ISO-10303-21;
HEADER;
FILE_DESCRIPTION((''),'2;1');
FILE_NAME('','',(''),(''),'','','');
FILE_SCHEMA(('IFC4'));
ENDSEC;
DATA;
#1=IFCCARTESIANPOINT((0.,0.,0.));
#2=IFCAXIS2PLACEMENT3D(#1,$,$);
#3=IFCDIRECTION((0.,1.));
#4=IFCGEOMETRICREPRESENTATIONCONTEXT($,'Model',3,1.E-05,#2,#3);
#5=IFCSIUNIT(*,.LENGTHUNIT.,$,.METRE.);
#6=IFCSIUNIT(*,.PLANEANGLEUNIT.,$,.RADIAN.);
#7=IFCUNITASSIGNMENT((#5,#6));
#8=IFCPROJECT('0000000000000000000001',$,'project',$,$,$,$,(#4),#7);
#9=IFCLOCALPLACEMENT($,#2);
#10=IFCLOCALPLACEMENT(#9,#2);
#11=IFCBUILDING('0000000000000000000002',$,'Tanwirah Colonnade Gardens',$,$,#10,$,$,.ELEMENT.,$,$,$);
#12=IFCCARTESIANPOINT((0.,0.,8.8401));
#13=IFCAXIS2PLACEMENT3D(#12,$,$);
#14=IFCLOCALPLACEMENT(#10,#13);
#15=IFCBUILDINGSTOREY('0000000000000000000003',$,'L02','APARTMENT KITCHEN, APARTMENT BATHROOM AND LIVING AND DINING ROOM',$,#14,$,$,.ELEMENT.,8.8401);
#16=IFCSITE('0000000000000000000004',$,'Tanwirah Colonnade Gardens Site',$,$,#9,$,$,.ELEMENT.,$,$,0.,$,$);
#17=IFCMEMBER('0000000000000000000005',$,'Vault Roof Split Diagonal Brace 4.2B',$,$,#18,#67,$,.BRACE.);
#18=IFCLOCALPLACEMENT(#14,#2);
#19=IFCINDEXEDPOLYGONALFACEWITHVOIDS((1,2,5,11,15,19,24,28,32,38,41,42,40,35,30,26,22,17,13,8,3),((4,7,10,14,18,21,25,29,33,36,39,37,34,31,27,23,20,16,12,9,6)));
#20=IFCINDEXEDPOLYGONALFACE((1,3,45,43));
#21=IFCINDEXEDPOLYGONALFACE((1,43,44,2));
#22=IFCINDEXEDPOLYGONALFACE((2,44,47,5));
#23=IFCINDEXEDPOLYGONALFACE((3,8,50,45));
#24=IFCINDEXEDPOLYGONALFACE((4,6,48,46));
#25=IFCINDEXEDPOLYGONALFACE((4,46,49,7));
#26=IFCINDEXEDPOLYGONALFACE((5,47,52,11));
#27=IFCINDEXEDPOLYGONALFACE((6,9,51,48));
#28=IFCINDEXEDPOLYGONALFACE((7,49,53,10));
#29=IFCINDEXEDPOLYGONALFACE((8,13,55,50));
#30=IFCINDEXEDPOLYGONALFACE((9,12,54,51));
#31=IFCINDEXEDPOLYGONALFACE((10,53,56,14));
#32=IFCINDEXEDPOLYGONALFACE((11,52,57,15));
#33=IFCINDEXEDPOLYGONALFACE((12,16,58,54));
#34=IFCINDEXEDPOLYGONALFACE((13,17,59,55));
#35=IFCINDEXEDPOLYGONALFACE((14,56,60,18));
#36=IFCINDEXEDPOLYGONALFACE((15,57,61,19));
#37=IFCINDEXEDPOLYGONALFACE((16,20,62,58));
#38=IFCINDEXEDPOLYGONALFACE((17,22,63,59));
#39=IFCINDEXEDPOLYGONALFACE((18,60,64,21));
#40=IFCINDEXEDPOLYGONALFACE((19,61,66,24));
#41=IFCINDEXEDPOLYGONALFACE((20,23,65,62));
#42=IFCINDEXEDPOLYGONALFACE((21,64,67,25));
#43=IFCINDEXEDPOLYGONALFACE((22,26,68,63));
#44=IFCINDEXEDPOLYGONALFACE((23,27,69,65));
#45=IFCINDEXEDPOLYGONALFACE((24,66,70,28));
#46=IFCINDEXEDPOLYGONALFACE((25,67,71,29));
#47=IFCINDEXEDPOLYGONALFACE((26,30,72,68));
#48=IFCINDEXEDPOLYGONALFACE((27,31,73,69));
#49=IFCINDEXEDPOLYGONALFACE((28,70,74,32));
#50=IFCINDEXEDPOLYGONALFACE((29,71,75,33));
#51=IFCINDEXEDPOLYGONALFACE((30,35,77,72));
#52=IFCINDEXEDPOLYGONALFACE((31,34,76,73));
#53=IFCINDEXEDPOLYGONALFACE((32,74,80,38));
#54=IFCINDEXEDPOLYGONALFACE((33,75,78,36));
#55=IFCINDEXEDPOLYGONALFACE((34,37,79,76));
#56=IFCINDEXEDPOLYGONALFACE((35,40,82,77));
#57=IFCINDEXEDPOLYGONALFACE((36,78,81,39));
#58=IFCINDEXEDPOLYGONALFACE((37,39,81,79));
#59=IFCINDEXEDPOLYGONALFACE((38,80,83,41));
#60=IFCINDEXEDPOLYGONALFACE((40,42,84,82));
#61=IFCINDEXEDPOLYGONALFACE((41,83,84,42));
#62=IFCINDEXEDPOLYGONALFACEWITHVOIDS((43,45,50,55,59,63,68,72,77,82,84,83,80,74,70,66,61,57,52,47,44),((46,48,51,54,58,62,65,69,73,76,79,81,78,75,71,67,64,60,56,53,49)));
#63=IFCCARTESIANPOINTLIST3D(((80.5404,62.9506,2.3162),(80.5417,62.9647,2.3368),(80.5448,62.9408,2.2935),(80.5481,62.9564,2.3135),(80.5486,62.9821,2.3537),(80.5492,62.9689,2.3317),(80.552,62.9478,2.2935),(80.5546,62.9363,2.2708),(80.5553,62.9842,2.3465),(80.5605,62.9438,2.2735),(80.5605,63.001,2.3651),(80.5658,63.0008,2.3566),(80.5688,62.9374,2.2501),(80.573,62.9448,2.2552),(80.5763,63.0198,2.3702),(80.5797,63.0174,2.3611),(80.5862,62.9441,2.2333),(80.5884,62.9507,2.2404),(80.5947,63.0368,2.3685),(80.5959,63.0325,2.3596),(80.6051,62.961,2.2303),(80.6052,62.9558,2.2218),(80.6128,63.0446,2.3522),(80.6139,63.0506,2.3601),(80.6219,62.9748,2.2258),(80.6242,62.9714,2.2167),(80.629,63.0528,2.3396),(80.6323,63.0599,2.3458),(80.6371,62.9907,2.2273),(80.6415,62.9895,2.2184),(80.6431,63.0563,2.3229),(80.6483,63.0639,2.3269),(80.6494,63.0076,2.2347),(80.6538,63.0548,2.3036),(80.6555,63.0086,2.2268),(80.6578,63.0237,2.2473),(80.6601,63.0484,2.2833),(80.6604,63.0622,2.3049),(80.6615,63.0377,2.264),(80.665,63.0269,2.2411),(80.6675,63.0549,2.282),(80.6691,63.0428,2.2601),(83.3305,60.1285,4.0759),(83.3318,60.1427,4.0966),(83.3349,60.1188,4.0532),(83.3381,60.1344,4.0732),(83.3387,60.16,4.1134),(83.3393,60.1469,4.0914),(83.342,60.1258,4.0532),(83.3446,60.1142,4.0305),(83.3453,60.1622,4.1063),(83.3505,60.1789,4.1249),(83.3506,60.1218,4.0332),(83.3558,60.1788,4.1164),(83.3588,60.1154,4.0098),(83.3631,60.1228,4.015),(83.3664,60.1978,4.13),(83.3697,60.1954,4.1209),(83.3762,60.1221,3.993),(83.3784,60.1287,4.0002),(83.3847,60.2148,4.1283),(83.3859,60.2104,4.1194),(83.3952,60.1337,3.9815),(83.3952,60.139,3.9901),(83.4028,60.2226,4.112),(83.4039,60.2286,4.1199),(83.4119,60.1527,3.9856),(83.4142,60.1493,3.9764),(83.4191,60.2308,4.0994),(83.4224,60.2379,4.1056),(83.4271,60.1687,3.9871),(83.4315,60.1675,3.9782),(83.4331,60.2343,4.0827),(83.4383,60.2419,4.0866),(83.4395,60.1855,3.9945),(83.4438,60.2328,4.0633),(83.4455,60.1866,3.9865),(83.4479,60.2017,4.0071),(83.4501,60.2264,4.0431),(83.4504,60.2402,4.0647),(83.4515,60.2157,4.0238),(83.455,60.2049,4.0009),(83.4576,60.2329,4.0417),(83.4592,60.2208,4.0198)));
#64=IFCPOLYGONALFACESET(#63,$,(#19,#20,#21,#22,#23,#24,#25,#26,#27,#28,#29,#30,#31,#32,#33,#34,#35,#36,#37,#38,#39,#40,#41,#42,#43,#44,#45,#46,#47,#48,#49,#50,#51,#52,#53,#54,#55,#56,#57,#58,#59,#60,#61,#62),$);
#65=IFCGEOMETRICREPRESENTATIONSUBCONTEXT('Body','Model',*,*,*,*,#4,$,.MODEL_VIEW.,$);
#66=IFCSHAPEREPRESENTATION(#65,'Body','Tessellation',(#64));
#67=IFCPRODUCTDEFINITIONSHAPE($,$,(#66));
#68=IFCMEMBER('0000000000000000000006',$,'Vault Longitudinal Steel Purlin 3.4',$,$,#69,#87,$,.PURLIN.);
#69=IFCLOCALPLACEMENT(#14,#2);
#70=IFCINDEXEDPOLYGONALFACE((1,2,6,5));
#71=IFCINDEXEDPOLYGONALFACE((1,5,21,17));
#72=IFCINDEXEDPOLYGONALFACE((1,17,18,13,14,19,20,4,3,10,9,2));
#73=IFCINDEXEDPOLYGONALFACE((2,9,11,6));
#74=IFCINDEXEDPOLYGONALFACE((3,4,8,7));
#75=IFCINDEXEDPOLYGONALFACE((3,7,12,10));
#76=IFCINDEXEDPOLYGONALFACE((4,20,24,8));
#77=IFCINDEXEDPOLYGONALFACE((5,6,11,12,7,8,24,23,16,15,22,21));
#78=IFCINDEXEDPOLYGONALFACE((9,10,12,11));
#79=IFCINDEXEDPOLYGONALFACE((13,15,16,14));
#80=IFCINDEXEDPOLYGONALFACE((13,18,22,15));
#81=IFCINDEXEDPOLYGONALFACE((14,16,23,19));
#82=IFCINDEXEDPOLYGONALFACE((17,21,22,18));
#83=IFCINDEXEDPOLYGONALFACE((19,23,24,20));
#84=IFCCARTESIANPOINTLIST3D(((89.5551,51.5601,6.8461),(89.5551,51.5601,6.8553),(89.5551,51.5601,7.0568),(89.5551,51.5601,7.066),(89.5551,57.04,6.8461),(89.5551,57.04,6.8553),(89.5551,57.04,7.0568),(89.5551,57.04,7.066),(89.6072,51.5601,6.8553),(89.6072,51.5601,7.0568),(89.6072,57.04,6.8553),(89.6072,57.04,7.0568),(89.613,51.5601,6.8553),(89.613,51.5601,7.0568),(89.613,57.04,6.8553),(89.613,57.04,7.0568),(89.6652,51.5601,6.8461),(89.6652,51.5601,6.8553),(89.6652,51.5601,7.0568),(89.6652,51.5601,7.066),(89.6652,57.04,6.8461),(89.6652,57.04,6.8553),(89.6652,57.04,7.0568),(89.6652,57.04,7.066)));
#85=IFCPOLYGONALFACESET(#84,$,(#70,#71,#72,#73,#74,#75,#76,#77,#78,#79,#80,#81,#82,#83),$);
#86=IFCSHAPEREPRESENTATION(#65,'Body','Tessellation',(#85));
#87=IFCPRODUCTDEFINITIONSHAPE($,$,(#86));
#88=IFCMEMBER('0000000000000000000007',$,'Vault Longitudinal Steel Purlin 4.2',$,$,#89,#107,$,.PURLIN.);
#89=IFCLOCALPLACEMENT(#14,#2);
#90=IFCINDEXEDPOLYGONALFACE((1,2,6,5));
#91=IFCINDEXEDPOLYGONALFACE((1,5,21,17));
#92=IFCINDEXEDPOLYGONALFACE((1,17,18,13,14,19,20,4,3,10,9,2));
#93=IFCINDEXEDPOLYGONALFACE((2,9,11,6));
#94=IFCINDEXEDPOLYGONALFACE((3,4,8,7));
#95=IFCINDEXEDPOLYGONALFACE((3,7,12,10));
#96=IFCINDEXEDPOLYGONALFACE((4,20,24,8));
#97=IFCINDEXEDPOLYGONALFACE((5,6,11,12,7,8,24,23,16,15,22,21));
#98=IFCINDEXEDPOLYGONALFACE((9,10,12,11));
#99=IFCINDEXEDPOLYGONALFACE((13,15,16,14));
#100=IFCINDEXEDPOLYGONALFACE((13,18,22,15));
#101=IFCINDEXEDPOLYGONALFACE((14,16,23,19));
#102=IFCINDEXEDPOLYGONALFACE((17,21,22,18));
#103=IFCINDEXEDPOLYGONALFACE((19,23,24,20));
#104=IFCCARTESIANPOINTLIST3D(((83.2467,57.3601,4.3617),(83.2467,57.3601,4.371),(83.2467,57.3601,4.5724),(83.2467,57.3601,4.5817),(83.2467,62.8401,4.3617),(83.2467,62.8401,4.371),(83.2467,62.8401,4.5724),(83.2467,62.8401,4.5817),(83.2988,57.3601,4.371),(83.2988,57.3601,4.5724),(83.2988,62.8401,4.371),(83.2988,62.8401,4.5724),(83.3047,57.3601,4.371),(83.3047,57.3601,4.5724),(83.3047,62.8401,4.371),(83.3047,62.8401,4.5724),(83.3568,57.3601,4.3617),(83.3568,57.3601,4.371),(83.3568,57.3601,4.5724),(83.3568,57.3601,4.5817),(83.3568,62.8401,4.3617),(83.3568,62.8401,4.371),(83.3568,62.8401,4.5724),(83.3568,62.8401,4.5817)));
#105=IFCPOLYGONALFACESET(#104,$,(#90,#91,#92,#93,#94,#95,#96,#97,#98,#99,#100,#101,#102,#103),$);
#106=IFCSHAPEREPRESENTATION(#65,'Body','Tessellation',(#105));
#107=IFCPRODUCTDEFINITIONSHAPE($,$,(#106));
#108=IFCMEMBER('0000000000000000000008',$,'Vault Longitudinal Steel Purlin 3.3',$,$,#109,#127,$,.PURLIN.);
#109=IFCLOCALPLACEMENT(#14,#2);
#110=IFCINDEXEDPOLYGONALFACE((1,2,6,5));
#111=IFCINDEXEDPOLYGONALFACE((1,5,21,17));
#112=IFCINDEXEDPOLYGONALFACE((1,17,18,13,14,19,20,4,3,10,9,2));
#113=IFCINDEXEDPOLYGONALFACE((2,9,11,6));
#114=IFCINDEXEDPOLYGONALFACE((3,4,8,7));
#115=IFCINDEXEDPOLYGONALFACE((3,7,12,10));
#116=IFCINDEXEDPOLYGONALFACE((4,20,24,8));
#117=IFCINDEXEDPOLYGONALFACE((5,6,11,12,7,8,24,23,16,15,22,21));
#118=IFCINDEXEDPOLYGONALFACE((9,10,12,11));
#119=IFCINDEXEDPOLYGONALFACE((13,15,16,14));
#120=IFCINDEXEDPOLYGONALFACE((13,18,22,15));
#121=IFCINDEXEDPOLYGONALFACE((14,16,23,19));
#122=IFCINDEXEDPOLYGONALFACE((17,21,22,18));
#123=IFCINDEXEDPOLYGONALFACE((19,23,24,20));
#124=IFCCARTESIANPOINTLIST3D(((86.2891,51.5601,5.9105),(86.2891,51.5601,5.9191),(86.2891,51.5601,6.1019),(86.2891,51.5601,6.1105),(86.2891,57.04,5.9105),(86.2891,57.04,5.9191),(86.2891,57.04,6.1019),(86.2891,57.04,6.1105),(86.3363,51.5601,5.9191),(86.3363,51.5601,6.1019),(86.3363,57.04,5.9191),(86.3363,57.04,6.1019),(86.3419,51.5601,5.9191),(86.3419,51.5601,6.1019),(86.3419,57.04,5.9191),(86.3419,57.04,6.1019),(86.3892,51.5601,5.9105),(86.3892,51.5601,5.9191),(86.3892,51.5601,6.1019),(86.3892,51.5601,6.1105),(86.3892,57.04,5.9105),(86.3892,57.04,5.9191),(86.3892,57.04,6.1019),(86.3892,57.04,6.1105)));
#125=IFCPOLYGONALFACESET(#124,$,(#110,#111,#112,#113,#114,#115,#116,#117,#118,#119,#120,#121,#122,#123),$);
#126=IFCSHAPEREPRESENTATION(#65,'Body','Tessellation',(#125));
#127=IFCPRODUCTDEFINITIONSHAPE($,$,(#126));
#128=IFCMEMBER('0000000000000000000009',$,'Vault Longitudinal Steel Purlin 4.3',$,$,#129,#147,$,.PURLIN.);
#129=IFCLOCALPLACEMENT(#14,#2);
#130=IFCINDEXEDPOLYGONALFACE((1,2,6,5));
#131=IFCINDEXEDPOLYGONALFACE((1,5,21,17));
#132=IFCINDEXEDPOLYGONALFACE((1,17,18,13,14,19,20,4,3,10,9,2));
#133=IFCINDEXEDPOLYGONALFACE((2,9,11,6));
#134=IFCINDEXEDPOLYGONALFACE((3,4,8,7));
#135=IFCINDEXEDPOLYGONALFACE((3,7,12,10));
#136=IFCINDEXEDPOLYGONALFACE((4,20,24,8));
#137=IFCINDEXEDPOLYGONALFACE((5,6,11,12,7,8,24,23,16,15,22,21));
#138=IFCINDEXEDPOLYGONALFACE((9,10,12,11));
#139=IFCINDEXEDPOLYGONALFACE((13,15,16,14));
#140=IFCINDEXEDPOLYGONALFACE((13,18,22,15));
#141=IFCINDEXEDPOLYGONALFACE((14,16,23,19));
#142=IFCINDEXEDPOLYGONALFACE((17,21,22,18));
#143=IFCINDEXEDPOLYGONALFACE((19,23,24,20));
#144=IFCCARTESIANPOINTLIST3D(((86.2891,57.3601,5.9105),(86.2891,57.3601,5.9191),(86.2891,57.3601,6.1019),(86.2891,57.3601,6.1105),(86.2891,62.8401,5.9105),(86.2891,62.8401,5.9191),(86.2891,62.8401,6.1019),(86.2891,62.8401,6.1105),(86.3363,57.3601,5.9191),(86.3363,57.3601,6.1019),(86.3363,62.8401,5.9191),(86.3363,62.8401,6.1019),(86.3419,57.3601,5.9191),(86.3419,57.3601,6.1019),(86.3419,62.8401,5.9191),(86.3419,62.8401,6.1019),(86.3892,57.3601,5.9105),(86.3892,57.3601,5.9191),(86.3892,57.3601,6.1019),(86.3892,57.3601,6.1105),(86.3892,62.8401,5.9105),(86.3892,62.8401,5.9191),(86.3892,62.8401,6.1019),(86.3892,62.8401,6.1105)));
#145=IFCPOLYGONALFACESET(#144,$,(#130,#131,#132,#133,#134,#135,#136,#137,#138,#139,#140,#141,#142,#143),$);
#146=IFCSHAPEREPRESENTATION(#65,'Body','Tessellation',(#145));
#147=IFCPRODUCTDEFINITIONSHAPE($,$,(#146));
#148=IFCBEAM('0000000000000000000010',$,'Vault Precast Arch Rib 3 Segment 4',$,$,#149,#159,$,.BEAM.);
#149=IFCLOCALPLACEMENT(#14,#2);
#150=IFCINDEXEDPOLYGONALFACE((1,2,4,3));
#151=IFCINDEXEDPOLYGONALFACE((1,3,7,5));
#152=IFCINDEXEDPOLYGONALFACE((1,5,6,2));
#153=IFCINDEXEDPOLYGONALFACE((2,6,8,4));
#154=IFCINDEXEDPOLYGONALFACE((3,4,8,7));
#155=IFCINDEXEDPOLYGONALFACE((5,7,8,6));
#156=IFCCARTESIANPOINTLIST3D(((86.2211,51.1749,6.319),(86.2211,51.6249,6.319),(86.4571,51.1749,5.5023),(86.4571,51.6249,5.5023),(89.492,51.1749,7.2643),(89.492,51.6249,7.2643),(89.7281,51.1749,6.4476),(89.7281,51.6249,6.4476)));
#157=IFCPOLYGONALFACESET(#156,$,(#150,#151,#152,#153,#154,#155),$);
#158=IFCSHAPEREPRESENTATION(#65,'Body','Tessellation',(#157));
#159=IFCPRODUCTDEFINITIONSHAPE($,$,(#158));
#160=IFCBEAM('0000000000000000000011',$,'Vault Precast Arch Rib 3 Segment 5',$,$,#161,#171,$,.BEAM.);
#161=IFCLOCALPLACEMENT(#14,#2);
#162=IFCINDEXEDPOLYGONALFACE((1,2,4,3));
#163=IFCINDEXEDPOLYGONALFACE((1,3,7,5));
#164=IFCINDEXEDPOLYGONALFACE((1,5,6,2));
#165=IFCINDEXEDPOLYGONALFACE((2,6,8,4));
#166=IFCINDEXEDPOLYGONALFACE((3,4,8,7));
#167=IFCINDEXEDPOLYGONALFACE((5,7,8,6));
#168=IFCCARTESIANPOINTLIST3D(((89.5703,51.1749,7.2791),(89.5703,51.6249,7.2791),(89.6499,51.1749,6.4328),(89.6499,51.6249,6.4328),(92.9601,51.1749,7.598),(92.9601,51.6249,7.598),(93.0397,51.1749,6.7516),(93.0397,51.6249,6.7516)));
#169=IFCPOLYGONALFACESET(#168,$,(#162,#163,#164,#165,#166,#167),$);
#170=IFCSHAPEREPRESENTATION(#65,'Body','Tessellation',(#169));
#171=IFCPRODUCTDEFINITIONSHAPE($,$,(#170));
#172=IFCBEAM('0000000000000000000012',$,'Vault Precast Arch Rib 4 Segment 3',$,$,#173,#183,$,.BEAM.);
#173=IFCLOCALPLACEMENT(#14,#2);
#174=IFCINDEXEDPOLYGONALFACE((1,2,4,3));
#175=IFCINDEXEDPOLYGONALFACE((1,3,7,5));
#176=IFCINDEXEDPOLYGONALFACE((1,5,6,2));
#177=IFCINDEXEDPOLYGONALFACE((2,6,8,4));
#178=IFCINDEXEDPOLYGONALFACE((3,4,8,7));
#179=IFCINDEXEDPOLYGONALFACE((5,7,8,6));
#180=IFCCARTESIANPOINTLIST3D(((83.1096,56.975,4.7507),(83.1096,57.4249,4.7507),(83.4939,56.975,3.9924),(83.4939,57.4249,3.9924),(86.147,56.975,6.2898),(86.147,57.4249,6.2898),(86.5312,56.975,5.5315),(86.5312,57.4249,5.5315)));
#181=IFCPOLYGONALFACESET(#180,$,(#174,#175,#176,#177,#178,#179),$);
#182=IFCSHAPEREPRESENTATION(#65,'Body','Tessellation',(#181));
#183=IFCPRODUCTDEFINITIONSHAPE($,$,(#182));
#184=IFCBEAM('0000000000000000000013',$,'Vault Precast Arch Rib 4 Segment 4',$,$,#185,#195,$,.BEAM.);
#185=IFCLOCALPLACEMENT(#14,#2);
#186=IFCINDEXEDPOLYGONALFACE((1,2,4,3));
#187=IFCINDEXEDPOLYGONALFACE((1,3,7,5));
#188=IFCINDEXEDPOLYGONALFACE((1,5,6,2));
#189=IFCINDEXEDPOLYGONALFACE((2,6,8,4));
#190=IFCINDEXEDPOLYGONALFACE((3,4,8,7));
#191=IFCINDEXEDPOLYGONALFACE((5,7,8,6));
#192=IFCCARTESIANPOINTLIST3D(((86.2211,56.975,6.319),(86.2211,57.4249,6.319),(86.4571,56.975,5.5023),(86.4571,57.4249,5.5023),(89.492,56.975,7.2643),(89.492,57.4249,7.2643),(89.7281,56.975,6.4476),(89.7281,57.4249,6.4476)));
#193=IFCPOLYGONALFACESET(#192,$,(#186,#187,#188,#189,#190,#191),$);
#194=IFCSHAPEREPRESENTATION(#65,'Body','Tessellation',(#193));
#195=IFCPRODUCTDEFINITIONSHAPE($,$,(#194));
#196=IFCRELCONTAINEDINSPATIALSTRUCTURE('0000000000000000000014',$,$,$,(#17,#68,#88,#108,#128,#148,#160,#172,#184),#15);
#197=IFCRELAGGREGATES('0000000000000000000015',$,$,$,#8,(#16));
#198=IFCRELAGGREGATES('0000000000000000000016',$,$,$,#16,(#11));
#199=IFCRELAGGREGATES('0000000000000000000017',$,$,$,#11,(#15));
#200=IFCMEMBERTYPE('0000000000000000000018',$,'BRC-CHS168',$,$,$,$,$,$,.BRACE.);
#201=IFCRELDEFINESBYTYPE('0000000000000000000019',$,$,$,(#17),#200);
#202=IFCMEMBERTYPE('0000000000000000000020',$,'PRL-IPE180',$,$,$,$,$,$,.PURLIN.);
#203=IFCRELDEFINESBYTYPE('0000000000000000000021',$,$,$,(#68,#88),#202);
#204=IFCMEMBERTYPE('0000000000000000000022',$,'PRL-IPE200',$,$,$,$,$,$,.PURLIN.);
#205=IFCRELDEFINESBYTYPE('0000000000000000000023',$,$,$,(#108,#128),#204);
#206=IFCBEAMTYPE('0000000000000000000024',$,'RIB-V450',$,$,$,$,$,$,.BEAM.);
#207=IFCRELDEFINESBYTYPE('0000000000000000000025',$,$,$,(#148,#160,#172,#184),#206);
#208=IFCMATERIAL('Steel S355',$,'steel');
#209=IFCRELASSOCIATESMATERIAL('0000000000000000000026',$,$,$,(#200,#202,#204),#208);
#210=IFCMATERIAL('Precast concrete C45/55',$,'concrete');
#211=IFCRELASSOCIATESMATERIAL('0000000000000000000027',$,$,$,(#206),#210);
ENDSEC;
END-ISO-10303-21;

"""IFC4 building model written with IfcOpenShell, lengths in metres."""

from ifc_helpers import new_model, si_unit, direction, frame, origin, origin_2d, place, context, subcontext, project, spatial, rectangle, hollow_circle, i_section, extrude, material, material_profile, profile_set, type_object, element, save


model = new_model("IFC4")

# Units and contexts
model_context = context("Model", 3, precision=1e-05, world=origin(), true_north=direction((0.0, 1.0)))
body_context = subcontext(model_context, "Body", "Model", "MODEL_VIEW")
ifc_project = project(units=[si_unit("LENGTHUNIT", "METRE"), si_unit("PLANEANGLEUNIT", "RADIAN")], contexts=[model_context])

# Site, building, storey
site_placement = place(None, origin())
site = spatial("IfcSite", under=ifc_project, at=site_placement, Name="Tanwirah Colonnade Gardens Site", CompositionType="ELEMENT", RefElevation=0.0)
building_placement = place(site_placement, origin())
building = spatial("IfcBuilding", under=site, at=building_placement, Name="Tanwirah Colonnade Gardens", CompositionType="ELEMENT")
storey_placement = place(building_placement, frame((0.0, 0.0, 8.8401)))
storey = spatial("IfcBuildingStorey", under=building, at=storey_placement, Name="L02", Description="APARTMENT KITCHEN, APARTMENT BATHROOM AND LIVING AND DINING ROOM", CompositionType="ELEMENT", Elevation=8.8401)

# Members
ifc_material_1 = material(Name="Steel S355", Category="steel")
ifc_material_profile_1 = material_profile(ifc_material_1, hollow_circle(Radius=0.0842, WallThickness=0.01, at=origin_2d()), Name="CHS 168.3x10")
ifc_profile_set_1 = profile_set([ifc_material_profile_1], Name="Steel S355")
member_type_1 = type_object("IfcMemberType", Name="BRC-CHS168", PredefinedType="BRACE", material=ifc_profile_set_1)
for number, where, z_axis, x_axis, name in (
    (1, (83.3948, 60.178, 4.0532), (-0.642708, 0.650075, -0.405376), (-0.711125, -0.703066, 0.0), "Vault Roof Split Diagonal Brace 4.2B"),
):
    element("IfcMember", number, at=place(storey_placement, frame(where, z_axis=z_axis, x_axis=x_axis)), inside=storey, type_object=member_type_1, Name=name, PredefinedType="BRACE", context=body_context, shape_type="SweptSolid", body=[
        extrude(hollow_circle(Radius=0.0842, WallThickness=0.01, at=origin_2d()), origin(), (0.0, 0.0, 1.0), 4.3411),
    ])
ifc_material_profile_2 = material_profile(ifc_material_1, i_section(OverallWidth=0.1101, OverallDepth=0.22, WebThickness=0.0059, FlangeThickness=0.0093, at=origin_2d()), Name="IPE 220")
ifc_profile_set_2 = profile_set([ifc_material_profile_2], Name="Steel S355")
member_type_2 = type_object("IfcMemberType", Name="PRL-IPE180", PredefinedType="PURLIN", material=ifc_profile_set_2)
for number, where, z_axis, x_axis, name in (
    (2, (89.6101, 51.5601, 6.9561), (0.0, 1.0, 0.0), (-1.0, 0.0, 0.0), "Vault Longitudinal Steel Purlin 3.4"),
    (3, (83.3018, 57.3601, 4.4717), (0.0, 1.0, 0.0), (-1.0, 0.0, 0.0), "Vault Longitudinal Steel Purlin 4.2"),
):
    element("IfcMember", number, at=place(storey_placement, frame(where, z_axis=z_axis, x_axis=x_axis)), inside=storey, type_object=member_type_2, Name=name, PredefinedType="PURLIN", context=body_context, shape_type="SweptSolid", body=[
        extrude(i_section(OverallWidth=0.1101, OverallDepth=0.22, WebThickness=0.0059, FlangeThickness=0.0093, at=origin_2d()), origin(), (0.0, 0.0, 1.0), 5.48),
    ])
ifc_material_profile_3 = material_profile(ifc_material_1, i_section(OverallWidth=0.1001, OverallDepth=0.2, WebThickness=0.0056, FlangeThickness=0.0085, at=origin_2d()), Name="IPE 200")
ifc_profile_set_3 = profile_set([ifc_material_profile_3], Name="Steel S355")
member_type_3 = type_object("IfcMemberType", Name="PRL-IPE200", PredefinedType="PURLIN", material=ifc_profile_set_3)
for number, where, z_axis, x_axis, name in (
    (4, (86.3391, 51.5601, 6.0105), (0.0, 1.0, 0.0), (-1.0, 0.0, 0.0), "Vault Longitudinal Steel Purlin 3.3"),
    (5, (86.3391, 57.3601, 6.0105), (0.0, 1.0, 0.0), (-1.0, 0.0, 0.0), "Vault Longitudinal Steel Purlin 4.3"),
):
    element("IfcMember", number, at=place(storey_placement, frame(where, z_axis=z_axis, x_axis=x_axis)), inside=storey, type_object=member_type_3, Name=name, PredefinedType="PURLIN", context=body_context, shape_type="SweptSolid", body=[
        extrude(i_section(OverallWidth=0.1001, OverallDepth=0.2, WebThickness=0.0056, FlangeThickness=0.0085, at=origin_2d()), origin(), (0.0, 0.0, 1.0), 5.48),
    ])

# Beams
ifc_material_2 = material(Name="Precast concrete C45/55", Category="concrete")
ifc_material_profile_4 = material_profile(ifc_material_2, rectangle(XDim=0.45, YDim=0.8501, at=origin_2d()), Name="PC-RIB 450x850")
ifc_profile_set_4 = profile_set([ifc_material_profile_4], Name="Precast concrete C45/55")
beam_type = type_object("IfcBeamType", Name="RIB-V450", PredefinedType="BEAM", material=ifc_profile_set_4)
for number, where, z_axis, x_axis, name in (
    (6, (86.3391, 51.3999, 5.9106), (0.960686, 0.0, 0.277637), (0.0, 1.0, 0.0), "Vault Precast Arch Rib 3 Segment 4"),
    (7, (89.6101, 51.3999, 6.856), (0.995606, 0.0, 0.093645), (0.0, 1.0, 0.0), "Vault Precast Arch Rib 3 Segment 5"),
):
    element("IfcBeam", number, at=place(storey_placement, frame(where, z_axis=z_axis, x_axis=x_axis)), inside=storey, type_object=beam_type, Name=name, PredefinedType="BEAM", context=body_context, shape_type="SweptSolid", body=[
        extrude(rectangle(XDim=0.45, YDim=0.8501, at=origin_2d()), origin(), (0.0, 0.0, 1.0), 3.4048),
    ])
beam_placement = place(storey_placement, frame((83.3018, 57.2, 4.3716), z_axis=(0.89202, 0.0, 0.451997), x_axis=(0.0, 1.0, 0.0)))
element("IfcBeam", 8, at=beam_placement, inside=storey, type_object=beam_type, Name="Vault Precast Arch Rib 4 Segment 3", PredefinedType="BEAM", context=body_context, shape_type="SweptSolid", body=[
    extrude(rectangle(XDim=0.45, YDim=0.8501, at=origin_2d()), origin(), (0.0, 0.0, 1.0), 3.405),
])
for number, where, z_axis, x_axis, name in (
    (9, (86.3391, 57.2, 5.9106), (0.960686, 0.0, 0.277637), (0.0, 1.0, 0.0), "Vault Precast Arch Rib 4 Segment 4"),
):
    element("IfcBeam", number, at=place(storey_placement, frame(where, z_axis=z_axis, x_axis=x_axis)), inside=storey, type_object=beam_type, Name=name, PredefinedType="BEAM", context=body_context, shape_type="SweptSolid", body=[
        extrude(rectangle(XDim=0.45, YDim=0.8501, at=origin_2d()), origin(), (0.0, 0.0, 1.0), 3.4048),
    ])

save(model, "model.ifc")
